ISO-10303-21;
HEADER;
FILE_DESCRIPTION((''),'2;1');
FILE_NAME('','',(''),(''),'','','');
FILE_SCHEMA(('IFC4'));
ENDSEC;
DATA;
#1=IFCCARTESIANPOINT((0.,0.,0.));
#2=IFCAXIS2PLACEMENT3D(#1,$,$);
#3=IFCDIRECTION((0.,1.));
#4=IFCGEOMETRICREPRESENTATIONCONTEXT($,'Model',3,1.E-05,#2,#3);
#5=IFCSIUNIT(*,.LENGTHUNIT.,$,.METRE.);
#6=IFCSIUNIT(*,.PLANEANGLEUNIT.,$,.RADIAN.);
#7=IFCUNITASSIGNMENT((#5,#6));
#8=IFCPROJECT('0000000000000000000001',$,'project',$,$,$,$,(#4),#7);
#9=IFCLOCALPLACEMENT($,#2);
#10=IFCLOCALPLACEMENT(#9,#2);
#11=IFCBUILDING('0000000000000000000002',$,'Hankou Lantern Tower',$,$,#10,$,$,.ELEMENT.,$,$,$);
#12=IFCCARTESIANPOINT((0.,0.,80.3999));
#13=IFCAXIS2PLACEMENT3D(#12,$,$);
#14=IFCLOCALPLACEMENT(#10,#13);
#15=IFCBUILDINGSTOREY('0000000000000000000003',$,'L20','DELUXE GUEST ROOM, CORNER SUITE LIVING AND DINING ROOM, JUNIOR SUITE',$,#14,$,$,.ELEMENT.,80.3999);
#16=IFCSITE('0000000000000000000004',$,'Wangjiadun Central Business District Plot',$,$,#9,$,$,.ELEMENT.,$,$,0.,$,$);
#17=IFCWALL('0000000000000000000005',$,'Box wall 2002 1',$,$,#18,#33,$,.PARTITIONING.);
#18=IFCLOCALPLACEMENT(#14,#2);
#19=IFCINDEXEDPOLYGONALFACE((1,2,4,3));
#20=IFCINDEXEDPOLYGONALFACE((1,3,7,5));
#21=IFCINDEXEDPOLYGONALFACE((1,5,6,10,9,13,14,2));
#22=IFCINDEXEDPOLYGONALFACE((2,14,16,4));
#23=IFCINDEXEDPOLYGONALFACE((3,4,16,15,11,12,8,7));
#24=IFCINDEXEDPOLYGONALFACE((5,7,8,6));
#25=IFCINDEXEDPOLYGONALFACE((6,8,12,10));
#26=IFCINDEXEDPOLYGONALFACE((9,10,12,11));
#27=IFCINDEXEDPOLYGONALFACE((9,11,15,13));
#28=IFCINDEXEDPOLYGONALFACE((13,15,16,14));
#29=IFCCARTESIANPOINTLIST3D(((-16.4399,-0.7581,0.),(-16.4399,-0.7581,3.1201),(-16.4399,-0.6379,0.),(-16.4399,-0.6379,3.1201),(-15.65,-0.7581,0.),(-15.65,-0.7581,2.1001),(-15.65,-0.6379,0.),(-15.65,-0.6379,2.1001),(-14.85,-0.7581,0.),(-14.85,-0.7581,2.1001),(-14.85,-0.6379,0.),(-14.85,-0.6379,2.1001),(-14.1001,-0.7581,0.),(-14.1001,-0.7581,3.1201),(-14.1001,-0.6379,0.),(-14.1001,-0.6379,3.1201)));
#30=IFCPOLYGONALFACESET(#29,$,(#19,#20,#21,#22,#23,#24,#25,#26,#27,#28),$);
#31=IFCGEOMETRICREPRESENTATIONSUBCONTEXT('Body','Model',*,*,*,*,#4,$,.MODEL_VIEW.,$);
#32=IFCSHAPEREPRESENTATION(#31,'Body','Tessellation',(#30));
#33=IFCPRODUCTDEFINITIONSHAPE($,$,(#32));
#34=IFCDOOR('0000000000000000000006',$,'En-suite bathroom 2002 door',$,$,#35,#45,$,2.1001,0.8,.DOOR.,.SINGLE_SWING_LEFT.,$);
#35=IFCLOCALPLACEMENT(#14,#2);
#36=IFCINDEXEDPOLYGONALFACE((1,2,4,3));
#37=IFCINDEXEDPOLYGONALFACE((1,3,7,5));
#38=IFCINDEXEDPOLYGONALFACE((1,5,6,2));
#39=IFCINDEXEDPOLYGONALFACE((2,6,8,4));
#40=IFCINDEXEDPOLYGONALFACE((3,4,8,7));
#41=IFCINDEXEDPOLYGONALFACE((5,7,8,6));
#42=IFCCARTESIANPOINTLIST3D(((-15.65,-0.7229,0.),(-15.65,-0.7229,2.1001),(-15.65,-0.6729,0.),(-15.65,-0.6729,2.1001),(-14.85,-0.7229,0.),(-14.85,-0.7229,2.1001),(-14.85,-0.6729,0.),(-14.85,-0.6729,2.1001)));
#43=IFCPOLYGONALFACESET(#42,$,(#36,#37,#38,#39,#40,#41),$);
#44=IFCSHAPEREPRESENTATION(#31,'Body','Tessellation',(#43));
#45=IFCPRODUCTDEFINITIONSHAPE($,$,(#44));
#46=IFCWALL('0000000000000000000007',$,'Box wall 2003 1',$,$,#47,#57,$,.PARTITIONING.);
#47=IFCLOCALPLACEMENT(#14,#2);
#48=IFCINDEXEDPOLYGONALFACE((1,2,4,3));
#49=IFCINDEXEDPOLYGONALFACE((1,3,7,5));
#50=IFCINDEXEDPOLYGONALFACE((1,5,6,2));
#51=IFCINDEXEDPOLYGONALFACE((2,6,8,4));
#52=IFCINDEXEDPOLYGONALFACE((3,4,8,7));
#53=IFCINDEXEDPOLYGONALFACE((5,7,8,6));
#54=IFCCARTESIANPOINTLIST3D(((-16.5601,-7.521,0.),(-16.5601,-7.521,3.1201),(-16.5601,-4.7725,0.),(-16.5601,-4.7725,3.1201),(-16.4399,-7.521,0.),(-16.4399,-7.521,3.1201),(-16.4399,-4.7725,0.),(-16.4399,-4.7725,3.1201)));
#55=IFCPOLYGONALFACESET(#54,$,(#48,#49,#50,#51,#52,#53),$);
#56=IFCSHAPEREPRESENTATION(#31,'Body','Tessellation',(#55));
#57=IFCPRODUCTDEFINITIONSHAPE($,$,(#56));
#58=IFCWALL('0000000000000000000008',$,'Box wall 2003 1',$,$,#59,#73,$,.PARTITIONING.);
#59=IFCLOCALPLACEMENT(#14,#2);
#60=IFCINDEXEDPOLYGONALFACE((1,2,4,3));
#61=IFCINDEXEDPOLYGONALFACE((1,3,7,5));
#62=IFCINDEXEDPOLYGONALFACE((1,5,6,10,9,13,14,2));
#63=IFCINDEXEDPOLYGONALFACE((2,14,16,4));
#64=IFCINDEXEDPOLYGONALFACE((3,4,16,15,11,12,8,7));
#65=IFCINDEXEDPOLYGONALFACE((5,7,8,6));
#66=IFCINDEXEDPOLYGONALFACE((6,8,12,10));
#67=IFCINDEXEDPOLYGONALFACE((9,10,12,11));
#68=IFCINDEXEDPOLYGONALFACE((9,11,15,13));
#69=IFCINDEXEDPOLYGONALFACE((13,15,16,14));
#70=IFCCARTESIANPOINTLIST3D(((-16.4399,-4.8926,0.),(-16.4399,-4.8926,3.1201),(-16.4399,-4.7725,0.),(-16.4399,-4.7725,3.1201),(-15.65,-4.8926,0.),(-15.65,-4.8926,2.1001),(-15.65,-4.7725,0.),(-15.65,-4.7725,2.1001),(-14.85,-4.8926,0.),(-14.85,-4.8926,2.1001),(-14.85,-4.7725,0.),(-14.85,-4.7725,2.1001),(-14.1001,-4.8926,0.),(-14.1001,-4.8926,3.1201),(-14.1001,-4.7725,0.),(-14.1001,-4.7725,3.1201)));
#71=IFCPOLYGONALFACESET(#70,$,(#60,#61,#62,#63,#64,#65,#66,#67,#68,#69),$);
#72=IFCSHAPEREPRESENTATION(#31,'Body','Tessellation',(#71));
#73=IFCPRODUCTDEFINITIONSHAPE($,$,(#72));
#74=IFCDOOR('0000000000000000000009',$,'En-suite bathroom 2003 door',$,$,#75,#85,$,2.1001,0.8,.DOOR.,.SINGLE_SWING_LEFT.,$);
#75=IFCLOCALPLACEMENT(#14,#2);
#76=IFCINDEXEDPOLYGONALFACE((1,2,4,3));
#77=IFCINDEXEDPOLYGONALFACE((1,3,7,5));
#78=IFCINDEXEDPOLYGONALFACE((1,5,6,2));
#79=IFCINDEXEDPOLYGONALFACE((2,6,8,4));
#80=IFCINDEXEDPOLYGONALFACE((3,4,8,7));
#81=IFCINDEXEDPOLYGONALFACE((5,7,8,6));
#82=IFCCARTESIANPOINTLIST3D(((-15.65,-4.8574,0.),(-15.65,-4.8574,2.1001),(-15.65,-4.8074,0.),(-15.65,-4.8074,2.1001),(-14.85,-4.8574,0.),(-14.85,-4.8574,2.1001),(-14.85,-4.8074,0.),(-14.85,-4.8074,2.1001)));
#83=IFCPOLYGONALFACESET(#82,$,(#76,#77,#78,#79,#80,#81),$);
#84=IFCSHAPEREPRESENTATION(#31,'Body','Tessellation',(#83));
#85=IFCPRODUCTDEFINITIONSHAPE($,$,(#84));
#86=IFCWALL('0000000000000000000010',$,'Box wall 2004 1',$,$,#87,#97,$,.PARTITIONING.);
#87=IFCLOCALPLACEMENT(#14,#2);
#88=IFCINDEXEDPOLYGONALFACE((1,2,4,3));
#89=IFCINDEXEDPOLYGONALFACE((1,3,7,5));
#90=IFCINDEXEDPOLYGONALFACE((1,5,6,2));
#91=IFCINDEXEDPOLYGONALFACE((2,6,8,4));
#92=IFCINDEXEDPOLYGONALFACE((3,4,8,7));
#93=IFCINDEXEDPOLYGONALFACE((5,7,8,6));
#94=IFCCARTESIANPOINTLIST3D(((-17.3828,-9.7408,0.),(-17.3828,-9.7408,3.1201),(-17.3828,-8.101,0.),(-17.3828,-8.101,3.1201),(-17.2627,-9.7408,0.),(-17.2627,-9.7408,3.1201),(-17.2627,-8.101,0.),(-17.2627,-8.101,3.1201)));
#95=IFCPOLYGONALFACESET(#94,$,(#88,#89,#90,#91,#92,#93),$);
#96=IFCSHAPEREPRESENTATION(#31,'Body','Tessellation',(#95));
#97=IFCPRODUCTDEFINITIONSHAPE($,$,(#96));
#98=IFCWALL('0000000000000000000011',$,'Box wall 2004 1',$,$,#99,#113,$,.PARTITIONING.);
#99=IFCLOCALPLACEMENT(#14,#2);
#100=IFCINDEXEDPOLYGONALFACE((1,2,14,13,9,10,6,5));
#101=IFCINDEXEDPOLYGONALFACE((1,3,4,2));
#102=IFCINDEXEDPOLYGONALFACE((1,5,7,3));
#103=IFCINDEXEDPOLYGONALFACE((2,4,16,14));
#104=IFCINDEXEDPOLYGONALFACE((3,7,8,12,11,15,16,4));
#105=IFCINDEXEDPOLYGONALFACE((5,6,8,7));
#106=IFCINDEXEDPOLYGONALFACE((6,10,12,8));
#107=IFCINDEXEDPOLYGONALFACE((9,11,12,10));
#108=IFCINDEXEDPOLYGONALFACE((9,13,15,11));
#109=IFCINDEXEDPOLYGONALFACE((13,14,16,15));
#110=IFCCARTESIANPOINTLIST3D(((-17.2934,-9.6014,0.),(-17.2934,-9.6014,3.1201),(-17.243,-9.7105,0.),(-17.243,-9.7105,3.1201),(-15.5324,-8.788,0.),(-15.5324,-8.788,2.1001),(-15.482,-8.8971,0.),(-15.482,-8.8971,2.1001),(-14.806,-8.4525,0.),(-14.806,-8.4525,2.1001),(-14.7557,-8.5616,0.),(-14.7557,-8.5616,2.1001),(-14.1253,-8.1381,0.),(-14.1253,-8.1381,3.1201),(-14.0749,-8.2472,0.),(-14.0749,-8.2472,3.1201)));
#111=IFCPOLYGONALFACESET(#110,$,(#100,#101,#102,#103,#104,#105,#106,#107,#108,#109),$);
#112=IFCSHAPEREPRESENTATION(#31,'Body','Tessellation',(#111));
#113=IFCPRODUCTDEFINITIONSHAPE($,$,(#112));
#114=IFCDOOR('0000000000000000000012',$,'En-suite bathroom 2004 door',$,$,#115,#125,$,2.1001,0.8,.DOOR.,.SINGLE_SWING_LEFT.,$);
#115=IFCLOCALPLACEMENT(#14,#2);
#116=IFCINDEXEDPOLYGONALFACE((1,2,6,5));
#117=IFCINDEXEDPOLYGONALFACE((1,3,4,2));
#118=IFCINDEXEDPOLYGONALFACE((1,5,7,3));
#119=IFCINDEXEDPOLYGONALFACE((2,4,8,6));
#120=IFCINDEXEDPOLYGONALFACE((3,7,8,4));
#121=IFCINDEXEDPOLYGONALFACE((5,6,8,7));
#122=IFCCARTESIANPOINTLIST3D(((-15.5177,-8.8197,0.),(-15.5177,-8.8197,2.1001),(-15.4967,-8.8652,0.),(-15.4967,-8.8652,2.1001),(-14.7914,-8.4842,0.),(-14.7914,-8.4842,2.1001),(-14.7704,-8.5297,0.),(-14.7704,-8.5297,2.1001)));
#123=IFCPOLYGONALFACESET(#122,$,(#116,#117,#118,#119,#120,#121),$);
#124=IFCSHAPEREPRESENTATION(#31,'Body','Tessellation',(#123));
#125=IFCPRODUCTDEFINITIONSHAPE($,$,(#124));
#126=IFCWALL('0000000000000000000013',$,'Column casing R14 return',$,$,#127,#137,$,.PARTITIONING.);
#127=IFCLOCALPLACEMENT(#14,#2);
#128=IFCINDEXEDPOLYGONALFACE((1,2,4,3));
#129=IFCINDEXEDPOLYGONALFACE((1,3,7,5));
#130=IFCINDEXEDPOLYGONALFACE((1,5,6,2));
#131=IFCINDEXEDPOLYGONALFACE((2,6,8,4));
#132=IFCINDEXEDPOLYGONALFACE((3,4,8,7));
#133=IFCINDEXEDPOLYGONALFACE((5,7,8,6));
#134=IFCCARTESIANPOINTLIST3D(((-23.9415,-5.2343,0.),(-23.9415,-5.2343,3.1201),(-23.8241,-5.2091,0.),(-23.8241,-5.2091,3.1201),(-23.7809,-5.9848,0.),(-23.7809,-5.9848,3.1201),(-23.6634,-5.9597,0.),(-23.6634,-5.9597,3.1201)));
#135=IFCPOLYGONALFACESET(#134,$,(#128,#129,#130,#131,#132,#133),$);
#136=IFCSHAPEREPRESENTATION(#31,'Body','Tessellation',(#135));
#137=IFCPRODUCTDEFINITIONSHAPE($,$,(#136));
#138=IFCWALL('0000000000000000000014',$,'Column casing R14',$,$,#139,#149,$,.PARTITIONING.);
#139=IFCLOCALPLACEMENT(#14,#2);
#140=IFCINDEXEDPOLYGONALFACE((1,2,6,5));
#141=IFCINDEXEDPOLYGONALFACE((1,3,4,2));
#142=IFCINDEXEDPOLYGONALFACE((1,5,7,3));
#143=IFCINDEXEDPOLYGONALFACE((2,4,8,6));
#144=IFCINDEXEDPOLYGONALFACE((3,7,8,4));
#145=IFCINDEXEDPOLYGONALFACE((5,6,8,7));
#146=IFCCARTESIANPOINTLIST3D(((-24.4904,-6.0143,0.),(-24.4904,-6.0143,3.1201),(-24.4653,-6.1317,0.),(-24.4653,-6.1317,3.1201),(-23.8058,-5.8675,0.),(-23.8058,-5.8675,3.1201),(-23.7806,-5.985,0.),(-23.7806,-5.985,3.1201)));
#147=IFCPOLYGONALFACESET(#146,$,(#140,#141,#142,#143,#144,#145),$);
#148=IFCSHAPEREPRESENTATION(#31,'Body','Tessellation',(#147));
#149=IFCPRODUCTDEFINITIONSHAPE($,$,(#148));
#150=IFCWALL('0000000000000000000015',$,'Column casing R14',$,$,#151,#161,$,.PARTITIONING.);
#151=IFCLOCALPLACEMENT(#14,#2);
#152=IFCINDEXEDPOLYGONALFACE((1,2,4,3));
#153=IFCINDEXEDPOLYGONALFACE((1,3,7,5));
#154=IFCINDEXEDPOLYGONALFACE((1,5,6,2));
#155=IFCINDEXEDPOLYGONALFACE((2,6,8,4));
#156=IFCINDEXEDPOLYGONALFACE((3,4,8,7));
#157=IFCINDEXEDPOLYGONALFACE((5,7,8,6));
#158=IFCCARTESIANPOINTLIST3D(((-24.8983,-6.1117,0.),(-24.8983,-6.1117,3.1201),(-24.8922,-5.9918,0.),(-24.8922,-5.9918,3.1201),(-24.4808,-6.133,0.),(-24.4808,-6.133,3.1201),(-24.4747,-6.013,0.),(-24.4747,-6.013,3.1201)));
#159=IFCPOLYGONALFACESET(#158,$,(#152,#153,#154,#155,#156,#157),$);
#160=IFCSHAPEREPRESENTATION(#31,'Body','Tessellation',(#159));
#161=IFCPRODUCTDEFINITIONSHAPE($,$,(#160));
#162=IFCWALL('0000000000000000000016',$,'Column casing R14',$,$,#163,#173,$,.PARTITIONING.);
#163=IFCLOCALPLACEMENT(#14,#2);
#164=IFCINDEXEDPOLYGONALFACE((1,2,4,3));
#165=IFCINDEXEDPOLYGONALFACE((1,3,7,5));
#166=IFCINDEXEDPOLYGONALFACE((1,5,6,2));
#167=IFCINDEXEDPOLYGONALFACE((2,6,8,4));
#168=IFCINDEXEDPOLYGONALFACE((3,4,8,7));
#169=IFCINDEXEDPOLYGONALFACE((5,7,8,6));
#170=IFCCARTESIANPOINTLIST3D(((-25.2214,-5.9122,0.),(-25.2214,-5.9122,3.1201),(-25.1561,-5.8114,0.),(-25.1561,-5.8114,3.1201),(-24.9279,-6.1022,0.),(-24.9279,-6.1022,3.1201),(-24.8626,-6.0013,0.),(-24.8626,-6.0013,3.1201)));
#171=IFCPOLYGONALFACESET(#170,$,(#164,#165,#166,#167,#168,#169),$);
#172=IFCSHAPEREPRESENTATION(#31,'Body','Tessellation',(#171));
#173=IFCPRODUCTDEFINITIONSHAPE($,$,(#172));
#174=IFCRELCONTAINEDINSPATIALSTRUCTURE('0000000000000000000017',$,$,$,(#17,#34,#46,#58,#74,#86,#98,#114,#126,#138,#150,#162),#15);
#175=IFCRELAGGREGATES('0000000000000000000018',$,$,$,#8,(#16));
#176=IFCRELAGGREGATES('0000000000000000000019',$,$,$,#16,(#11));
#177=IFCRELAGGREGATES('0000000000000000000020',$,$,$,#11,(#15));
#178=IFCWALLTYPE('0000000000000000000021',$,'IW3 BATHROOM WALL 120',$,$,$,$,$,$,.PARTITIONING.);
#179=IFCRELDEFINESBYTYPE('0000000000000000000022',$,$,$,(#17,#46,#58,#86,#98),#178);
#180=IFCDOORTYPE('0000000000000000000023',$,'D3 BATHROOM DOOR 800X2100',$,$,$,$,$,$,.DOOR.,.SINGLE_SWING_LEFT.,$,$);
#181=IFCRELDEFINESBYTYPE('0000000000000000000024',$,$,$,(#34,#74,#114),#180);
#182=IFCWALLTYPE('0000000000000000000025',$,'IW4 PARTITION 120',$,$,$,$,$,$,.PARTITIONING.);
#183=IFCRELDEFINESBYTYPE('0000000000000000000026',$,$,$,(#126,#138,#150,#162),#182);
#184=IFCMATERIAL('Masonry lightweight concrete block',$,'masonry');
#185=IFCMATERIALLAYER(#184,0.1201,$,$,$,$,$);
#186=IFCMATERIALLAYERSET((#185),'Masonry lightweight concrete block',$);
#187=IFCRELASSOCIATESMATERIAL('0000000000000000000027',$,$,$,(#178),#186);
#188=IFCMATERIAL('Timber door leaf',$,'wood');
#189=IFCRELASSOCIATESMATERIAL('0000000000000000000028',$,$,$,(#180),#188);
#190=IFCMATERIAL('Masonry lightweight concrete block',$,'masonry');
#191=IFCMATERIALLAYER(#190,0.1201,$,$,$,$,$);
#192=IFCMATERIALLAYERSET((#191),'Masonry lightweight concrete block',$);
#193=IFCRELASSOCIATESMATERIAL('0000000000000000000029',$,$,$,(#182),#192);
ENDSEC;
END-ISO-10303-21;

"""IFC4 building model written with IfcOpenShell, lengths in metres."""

from ifc_helpers import new_model, si_unit, direction, frame, frame_2d, origin, place, context, subcontext, project, spatial, rectangle, extrude, material, layer, layer_set, type_object, element, fill, save


model = new_model("IFC4")

# Units and contexts
model_context = context("Model", 3, precision=1e-05, world=origin(), true_north=direction((0.0, 1.0)))
body_context = subcontext(model_context, "Body", "Model", "MODEL_VIEW")
ifc_project = project(units=[si_unit("LENGTHUNIT", "METRE"), si_unit("PLANEANGLEUNIT", "RADIAN")], contexts=[model_context])

# Site, building, storey
site_placement = place(None, origin())
site = spatial("IfcSite", under=ifc_project, at=site_placement, Name="Wangjiadun Central Business District Plot", CompositionType="ELEMENT", RefElevation=0.0)
building_placement = place(site_placement, origin())
building = spatial("IfcBuilding", under=site, at=building_placement, Name="Hankou Lantern Tower", CompositionType="ELEMENT")
storey_placement = place(building_placement, frame((0.0, 0.0, 80.3999)))
storey = spatial("IfcBuildingStorey", under=building, at=storey_placement, Name="L20", Description="DELUXE GUEST ROOM, CORNER SUITE LIVING AND DINING ROOM, JUNIOR SUITE", CompositionType="ELEMENT", Elevation=80.3999)

# Wall, opening, door
ifc_material_1 = material(Name="Masonry lightweight concrete block", Category="masonry")
ifc_layer_1 = layer(ifc_material_1, 0.1201)
ifc_layer_set_1 = layer_set([ifc_layer_1], Name="Masonry lightweight concrete block")
wall_type_1 = type_object("IfcWallType", Name="IW3 BATHROOM WALL 120", PredefinedType="PARTITIONING", material=ifc_layer_set_1)
wall_1_placement = place(storey_placement, frame((-14.1001, -0.698, 0.0), z_axis=(0.0, 0.0, 1.0), x_axis=(-1.0, 0.0, 0.0)))
wall_1 = element("IfcWall", 1, at=wall_1_placement, inside=storey, type_object=wall_type_1, Name="Box wall 2002 1", PredefinedType="PARTITIONING", context=body_context, shape_type="SweptSolid", body=[
    extrude(rectangle(XDim=2.3398, YDim=0.1201, at=frame_2d((1.1699, 0.0))), origin(), (0.0, 0.0, 1.0), 3.1201),
])
opening_1_placement = place(wall_1_placement, frame((0.75, 0.0, 0.0)))
opening_1 = element("IfcOpeningElement", 2, at=opening_1_placement, cuts=wall_1, PredefinedType="OPENING", context=body_context, shape_type="SweptSolid", body=[
    extrude(rectangle(XDim=0.8, YDim=2.1001, at=frame_2d((0.3999, 1.05))), frame((0.0, 0.0701, 0.0), z_axis=(0.0, -1.0, 0.0), x_axis=(1.0, 0.0, 0.0)), (0.0, 0.0, 1.0), 0.1401),
])
ifc_material_2 = material(Name="Timber door leaf", Category="wood")
door_type = type_object("IfcDoorType", Name="D3 BATHROOM DOOR 800X2100", OperationType="SINGLE_SWING_LEFT", PredefinedType="DOOR", material=ifc_material_2)
door_1_placement = place(opening_1_placement, origin())
door_1 = element("IfcDoor", 3, at=door_1_placement, inside=storey, type_object=door_type, Name="En-suite bathroom 2002 door", OperationType="SINGLE_SWING_LEFT", OverallHeight=2.1001, OverallWidth=0.8, PredefinedType="DOOR", context=body_context, shape_type="SweptSolid", body=[
    extrude(rectangle(XDim=0.8, YDim=2.1001, at=frame_2d((0.3999, 1.05))), frame((0.0, 0.0249, 0.0), z_axis=(0.0, -1.0, 0.0), x_axis=(1.0, 0.0, 0.0)), (0.0, 0.0, 1.0), 0.05),
])
fill(opening_1, door_1)

# Wall
wall_2_placement = place(storey_placement, frame((-16.5, -7.521, 0.0), z_axis=(0.0, 0.0, 1.0), x_axis=(0.0, 1.0, 0.0)))
element("IfcWall", 4, at=wall_2_placement, inside=storey, type_object=wall_type_1, Name="Box wall 2003 1", PredefinedType="PARTITIONING", context=body_context, shape_type="SweptSolid", body=[
    extrude(rectangle(XDim=2.7485, YDim=0.1201, at=frame_2d((1.3743, 0.0))), origin(), (0.0, 0.0, 1.0), 3.1201),
])

# Wall, opening, door
wall_3_placement = place(storey_placement, frame((-14.1001, -4.8325, 0.0), z_axis=(0.0, 0.0, 1.0), x_axis=(-1.0, 0.0, 0.0)))
wall_3 = element("IfcWall", 5, at=wall_3_placement, inside=storey, type_object=wall_type_1, Name="Box wall 2003 1", PredefinedType="PARTITIONING", context=body_context, shape_type="SweptSolid", body=[
    extrude(rectangle(XDim=2.3398, YDim=0.1201, at=frame_2d((1.1699, 0.0))), origin(), (0.0, 0.0, 1.0), 3.1201),
])
opening_2_placement = place(wall_3_placement, frame((0.75, 0.0, 0.0)))
opening_2 = element("IfcOpeningElement", 6, at=opening_2_placement, cuts=wall_3, PredefinedType="OPENING", context=body_context, shape_type="SweptSolid", body=[
    extrude(rectangle(XDim=0.8, YDim=2.1001, at=frame_2d((0.3999, 1.05))), frame((0.0, 0.0701, 0.0), z_axis=(0.0, -1.0, 0.0), x_axis=(1.0, 0.0, 0.0)), (0.0, 0.0, 1.0), 0.1401),
])
door_2_placement = place(opening_2_placement, origin())
door_2 = element("IfcDoor", 7, at=door_2_placement, inside=storey, type_object=door_type, Name="En-suite bathroom 2003 door", OperationType="SINGLE_SWING_LEFT", OverallHeight=2.1001, OverallWidth=0.8, PredefinedType="DOOR", context=body_context, shape_type="SweptSolid", body=[
    extrude(rectangle(XDim=0.8, YDim=2.1001, at=frame_2d((0.3999, 1.05))), frame((0.0, 0.0249, 0.0), z_axis=(0.0, -1.0, 0.0), x_axis=(1.0, 0.0, 0.0)), (0.0, 0.0, 1.0), 0.05),
])
fill(opening_2, door_2)

# Wall
wall_4_placement = place(storey_placement, frame((-17.3228, -8.1011, 0.0), z_axis=(0.0, 0.0, 1.0), x_axis=(0.0, -1.0, 0.0)))
element("IfcWall", 8, at=wall_4_placement, inside=storey, type_object=wall_type_1, Name="Box wall 2004 1", PredefinedType="PARTITIONING", context=body_context, shape_type="SweptSolid", body=[
    extrude(rectangle(XDim=1.6399, YDim=0.1201, at=frame_2d((0.8198, 0.0))), origin(), (0.0, 0.0, 1.0), 3.1201),
])

# Wall, opening, door
wall_5_placement = place(storey_placement, frame((-14.1001, -8.1926, 0.0), z_axis=(0.0, 0.0, 1.0), x_axis=(-0.907836, -0.419324, 0.0)))
wall_5 = element("IfcWall", 9, at=wall_5_placement, inside=storey, type_object=wall_type_1, Name="Box wall 2004 1", PredefinedType="PARTITIONING", context=body_context, shape_type="SweptSolid", body=[
    extrude(rectangle(XDim=3.4897, YDim=0.1201, at=frame_2d((1.7449, 0.0))), origin(), (0.0, 0.0, 1.0), 3.1201),
])
opening_3_placement = place(wall_5_placement, frame((0.75, 0.0, 0.0)))
opening_3 = element("IfcOpeningElement", 10, at=opening_3_placement, cuts=wall_5, PredefinedType="OPENING", context=body_context, shape_type="SweptSolid", body=[
    extrude(rectangle(XDim=0.8, YDim=2.1001, at=frame_2d((0.3999, 1.05))), frame((0.0, 0.0701, 0.0), z_axis=(0.0, -1.0, 0.0), x_axis=(1.0, 0.0, 0.0)), (0.0, 0.0, 1.0), 0.1401),
])
door_3_placement = place(opening_3_placement, origin())
door_3 = element("IfcDoor", 11, at=door_3_placement, inside=storey, type_object=door_type, Name="En-suite bathroom 2004 door", OperationType="SINGLE_SWING_LEFT", OverallHeight=2.1001, OverallWidth=0.8, PredefinedType="DOOR", context=body_context, shape_type="SweptSolid", body=[
    extrude(rectangle(XDim=0.8, YDim=2.1001, at=frame_2d((0.3999, 1.05))), frame((0.0, 0.0249, 0.0), z_axis=(0.0, -1.0, 0.0), x_axis=(1.0, 0.0, 0.0)), (0.0, 0.0, 1.0), 0.05),
])
fill(opening_3, door_3)

# Walls
ifc_material_3 = material(Name="Masonry lightweight concrete block", Category="masonry")
ifc_layer_2 = layer(ifc_material_3, 0.1201)
ifc_layer_set_2 = layer_set([ifc_layer_2], Name="Masonry lightweight concrete block")
wall_type_2 = type_object("IfcWallType", Name="IW4 PARTITION 120", PredefinedType="PARTITIONING", material=ifc_layer_set_2)
wall_6_placement = place(storey_placement, frame((-23.8828, -5.2217, 0.0), z_axis=(0.0, 0.0, 1.0), x_axis=(0.209312, -0.977849, 0.0)))
element("IfcWall", 12, at=wall_6_placement, inside=storey, type_object=wall_type_2, Name="Column casing R14 return", PredefinedType="PARTITIONING", context=body_context, shape_type="SweptSolid", body=[
    extrude(rectangle(XDim=0.7676, YDim=0.1201, at=frame_2d((0.3838, 0.0))), origin(), (0.0, 0.0, 1.0), 3.1201),
])
wall_7_placement = place(storey_placement, frame((-23.7932, -5.9263, 0.0), z_axis=(0.0, 0.0, 1.0), x_axis=(-0.977792, -0.209577, 0.0)))
element("IfcWall", 13, at=wall_7_placement, inside=storey, type_object=wall_type_2, Name="Column casing R14", PredefinedType="PARTITIONING", context=body_context, shape_type="SweptSolid", body=[
    extrude(rectangle(XDim=0.7002, YDim=0.1201, at=frame_2d((0.3501, 0.0))), origin(), (0.0, 0.0, 1.0), 3.1201),
])
wall_8_placement = place(storey_placement, frame((-24.4778, -6.073, 0.0), z_axis=(0.0, 0.0, 1.0), x_axis=(-0.998708, 0.050811, 0.0)))
element("IfcWall", 14, at=wall_8_placement, inside=storey, type_object=wall_type_2, Name="Column casing R14", PredefinedType="PARTITIONING", context=body_context, shape_type="SweptSolid", body=[
    extrude(rectangle(XDim=0.418, YDim=0.1201, at=frame_2d((0.209, 0.0))), origin(), (0.0, 0.0, 1.0), 3.1201),
])
wall_9_placement = place(storey_placement, frame((-24.8953, -6.0518, 0.0), z_axis=(0.0, 0.0, 1.0), x_axis=(-0.839495, 0.543367, 0.0)))
element("IfcWall", 15, at=wall_9_placement, inside=storey, type_object=wall_type_2, Name="Column casing R14", PredefinedType="PARTITIONING", context=body_context, shape_type="SweptSolid", body=[
    extrude(rectangle(XDim=0.3496, YDim=0.1201, at=frame_2d((0.1748, 0.0))), origin(), (0.0, 0.0, 1.0), 3.1201),
])

save(model, "model.ifc")
